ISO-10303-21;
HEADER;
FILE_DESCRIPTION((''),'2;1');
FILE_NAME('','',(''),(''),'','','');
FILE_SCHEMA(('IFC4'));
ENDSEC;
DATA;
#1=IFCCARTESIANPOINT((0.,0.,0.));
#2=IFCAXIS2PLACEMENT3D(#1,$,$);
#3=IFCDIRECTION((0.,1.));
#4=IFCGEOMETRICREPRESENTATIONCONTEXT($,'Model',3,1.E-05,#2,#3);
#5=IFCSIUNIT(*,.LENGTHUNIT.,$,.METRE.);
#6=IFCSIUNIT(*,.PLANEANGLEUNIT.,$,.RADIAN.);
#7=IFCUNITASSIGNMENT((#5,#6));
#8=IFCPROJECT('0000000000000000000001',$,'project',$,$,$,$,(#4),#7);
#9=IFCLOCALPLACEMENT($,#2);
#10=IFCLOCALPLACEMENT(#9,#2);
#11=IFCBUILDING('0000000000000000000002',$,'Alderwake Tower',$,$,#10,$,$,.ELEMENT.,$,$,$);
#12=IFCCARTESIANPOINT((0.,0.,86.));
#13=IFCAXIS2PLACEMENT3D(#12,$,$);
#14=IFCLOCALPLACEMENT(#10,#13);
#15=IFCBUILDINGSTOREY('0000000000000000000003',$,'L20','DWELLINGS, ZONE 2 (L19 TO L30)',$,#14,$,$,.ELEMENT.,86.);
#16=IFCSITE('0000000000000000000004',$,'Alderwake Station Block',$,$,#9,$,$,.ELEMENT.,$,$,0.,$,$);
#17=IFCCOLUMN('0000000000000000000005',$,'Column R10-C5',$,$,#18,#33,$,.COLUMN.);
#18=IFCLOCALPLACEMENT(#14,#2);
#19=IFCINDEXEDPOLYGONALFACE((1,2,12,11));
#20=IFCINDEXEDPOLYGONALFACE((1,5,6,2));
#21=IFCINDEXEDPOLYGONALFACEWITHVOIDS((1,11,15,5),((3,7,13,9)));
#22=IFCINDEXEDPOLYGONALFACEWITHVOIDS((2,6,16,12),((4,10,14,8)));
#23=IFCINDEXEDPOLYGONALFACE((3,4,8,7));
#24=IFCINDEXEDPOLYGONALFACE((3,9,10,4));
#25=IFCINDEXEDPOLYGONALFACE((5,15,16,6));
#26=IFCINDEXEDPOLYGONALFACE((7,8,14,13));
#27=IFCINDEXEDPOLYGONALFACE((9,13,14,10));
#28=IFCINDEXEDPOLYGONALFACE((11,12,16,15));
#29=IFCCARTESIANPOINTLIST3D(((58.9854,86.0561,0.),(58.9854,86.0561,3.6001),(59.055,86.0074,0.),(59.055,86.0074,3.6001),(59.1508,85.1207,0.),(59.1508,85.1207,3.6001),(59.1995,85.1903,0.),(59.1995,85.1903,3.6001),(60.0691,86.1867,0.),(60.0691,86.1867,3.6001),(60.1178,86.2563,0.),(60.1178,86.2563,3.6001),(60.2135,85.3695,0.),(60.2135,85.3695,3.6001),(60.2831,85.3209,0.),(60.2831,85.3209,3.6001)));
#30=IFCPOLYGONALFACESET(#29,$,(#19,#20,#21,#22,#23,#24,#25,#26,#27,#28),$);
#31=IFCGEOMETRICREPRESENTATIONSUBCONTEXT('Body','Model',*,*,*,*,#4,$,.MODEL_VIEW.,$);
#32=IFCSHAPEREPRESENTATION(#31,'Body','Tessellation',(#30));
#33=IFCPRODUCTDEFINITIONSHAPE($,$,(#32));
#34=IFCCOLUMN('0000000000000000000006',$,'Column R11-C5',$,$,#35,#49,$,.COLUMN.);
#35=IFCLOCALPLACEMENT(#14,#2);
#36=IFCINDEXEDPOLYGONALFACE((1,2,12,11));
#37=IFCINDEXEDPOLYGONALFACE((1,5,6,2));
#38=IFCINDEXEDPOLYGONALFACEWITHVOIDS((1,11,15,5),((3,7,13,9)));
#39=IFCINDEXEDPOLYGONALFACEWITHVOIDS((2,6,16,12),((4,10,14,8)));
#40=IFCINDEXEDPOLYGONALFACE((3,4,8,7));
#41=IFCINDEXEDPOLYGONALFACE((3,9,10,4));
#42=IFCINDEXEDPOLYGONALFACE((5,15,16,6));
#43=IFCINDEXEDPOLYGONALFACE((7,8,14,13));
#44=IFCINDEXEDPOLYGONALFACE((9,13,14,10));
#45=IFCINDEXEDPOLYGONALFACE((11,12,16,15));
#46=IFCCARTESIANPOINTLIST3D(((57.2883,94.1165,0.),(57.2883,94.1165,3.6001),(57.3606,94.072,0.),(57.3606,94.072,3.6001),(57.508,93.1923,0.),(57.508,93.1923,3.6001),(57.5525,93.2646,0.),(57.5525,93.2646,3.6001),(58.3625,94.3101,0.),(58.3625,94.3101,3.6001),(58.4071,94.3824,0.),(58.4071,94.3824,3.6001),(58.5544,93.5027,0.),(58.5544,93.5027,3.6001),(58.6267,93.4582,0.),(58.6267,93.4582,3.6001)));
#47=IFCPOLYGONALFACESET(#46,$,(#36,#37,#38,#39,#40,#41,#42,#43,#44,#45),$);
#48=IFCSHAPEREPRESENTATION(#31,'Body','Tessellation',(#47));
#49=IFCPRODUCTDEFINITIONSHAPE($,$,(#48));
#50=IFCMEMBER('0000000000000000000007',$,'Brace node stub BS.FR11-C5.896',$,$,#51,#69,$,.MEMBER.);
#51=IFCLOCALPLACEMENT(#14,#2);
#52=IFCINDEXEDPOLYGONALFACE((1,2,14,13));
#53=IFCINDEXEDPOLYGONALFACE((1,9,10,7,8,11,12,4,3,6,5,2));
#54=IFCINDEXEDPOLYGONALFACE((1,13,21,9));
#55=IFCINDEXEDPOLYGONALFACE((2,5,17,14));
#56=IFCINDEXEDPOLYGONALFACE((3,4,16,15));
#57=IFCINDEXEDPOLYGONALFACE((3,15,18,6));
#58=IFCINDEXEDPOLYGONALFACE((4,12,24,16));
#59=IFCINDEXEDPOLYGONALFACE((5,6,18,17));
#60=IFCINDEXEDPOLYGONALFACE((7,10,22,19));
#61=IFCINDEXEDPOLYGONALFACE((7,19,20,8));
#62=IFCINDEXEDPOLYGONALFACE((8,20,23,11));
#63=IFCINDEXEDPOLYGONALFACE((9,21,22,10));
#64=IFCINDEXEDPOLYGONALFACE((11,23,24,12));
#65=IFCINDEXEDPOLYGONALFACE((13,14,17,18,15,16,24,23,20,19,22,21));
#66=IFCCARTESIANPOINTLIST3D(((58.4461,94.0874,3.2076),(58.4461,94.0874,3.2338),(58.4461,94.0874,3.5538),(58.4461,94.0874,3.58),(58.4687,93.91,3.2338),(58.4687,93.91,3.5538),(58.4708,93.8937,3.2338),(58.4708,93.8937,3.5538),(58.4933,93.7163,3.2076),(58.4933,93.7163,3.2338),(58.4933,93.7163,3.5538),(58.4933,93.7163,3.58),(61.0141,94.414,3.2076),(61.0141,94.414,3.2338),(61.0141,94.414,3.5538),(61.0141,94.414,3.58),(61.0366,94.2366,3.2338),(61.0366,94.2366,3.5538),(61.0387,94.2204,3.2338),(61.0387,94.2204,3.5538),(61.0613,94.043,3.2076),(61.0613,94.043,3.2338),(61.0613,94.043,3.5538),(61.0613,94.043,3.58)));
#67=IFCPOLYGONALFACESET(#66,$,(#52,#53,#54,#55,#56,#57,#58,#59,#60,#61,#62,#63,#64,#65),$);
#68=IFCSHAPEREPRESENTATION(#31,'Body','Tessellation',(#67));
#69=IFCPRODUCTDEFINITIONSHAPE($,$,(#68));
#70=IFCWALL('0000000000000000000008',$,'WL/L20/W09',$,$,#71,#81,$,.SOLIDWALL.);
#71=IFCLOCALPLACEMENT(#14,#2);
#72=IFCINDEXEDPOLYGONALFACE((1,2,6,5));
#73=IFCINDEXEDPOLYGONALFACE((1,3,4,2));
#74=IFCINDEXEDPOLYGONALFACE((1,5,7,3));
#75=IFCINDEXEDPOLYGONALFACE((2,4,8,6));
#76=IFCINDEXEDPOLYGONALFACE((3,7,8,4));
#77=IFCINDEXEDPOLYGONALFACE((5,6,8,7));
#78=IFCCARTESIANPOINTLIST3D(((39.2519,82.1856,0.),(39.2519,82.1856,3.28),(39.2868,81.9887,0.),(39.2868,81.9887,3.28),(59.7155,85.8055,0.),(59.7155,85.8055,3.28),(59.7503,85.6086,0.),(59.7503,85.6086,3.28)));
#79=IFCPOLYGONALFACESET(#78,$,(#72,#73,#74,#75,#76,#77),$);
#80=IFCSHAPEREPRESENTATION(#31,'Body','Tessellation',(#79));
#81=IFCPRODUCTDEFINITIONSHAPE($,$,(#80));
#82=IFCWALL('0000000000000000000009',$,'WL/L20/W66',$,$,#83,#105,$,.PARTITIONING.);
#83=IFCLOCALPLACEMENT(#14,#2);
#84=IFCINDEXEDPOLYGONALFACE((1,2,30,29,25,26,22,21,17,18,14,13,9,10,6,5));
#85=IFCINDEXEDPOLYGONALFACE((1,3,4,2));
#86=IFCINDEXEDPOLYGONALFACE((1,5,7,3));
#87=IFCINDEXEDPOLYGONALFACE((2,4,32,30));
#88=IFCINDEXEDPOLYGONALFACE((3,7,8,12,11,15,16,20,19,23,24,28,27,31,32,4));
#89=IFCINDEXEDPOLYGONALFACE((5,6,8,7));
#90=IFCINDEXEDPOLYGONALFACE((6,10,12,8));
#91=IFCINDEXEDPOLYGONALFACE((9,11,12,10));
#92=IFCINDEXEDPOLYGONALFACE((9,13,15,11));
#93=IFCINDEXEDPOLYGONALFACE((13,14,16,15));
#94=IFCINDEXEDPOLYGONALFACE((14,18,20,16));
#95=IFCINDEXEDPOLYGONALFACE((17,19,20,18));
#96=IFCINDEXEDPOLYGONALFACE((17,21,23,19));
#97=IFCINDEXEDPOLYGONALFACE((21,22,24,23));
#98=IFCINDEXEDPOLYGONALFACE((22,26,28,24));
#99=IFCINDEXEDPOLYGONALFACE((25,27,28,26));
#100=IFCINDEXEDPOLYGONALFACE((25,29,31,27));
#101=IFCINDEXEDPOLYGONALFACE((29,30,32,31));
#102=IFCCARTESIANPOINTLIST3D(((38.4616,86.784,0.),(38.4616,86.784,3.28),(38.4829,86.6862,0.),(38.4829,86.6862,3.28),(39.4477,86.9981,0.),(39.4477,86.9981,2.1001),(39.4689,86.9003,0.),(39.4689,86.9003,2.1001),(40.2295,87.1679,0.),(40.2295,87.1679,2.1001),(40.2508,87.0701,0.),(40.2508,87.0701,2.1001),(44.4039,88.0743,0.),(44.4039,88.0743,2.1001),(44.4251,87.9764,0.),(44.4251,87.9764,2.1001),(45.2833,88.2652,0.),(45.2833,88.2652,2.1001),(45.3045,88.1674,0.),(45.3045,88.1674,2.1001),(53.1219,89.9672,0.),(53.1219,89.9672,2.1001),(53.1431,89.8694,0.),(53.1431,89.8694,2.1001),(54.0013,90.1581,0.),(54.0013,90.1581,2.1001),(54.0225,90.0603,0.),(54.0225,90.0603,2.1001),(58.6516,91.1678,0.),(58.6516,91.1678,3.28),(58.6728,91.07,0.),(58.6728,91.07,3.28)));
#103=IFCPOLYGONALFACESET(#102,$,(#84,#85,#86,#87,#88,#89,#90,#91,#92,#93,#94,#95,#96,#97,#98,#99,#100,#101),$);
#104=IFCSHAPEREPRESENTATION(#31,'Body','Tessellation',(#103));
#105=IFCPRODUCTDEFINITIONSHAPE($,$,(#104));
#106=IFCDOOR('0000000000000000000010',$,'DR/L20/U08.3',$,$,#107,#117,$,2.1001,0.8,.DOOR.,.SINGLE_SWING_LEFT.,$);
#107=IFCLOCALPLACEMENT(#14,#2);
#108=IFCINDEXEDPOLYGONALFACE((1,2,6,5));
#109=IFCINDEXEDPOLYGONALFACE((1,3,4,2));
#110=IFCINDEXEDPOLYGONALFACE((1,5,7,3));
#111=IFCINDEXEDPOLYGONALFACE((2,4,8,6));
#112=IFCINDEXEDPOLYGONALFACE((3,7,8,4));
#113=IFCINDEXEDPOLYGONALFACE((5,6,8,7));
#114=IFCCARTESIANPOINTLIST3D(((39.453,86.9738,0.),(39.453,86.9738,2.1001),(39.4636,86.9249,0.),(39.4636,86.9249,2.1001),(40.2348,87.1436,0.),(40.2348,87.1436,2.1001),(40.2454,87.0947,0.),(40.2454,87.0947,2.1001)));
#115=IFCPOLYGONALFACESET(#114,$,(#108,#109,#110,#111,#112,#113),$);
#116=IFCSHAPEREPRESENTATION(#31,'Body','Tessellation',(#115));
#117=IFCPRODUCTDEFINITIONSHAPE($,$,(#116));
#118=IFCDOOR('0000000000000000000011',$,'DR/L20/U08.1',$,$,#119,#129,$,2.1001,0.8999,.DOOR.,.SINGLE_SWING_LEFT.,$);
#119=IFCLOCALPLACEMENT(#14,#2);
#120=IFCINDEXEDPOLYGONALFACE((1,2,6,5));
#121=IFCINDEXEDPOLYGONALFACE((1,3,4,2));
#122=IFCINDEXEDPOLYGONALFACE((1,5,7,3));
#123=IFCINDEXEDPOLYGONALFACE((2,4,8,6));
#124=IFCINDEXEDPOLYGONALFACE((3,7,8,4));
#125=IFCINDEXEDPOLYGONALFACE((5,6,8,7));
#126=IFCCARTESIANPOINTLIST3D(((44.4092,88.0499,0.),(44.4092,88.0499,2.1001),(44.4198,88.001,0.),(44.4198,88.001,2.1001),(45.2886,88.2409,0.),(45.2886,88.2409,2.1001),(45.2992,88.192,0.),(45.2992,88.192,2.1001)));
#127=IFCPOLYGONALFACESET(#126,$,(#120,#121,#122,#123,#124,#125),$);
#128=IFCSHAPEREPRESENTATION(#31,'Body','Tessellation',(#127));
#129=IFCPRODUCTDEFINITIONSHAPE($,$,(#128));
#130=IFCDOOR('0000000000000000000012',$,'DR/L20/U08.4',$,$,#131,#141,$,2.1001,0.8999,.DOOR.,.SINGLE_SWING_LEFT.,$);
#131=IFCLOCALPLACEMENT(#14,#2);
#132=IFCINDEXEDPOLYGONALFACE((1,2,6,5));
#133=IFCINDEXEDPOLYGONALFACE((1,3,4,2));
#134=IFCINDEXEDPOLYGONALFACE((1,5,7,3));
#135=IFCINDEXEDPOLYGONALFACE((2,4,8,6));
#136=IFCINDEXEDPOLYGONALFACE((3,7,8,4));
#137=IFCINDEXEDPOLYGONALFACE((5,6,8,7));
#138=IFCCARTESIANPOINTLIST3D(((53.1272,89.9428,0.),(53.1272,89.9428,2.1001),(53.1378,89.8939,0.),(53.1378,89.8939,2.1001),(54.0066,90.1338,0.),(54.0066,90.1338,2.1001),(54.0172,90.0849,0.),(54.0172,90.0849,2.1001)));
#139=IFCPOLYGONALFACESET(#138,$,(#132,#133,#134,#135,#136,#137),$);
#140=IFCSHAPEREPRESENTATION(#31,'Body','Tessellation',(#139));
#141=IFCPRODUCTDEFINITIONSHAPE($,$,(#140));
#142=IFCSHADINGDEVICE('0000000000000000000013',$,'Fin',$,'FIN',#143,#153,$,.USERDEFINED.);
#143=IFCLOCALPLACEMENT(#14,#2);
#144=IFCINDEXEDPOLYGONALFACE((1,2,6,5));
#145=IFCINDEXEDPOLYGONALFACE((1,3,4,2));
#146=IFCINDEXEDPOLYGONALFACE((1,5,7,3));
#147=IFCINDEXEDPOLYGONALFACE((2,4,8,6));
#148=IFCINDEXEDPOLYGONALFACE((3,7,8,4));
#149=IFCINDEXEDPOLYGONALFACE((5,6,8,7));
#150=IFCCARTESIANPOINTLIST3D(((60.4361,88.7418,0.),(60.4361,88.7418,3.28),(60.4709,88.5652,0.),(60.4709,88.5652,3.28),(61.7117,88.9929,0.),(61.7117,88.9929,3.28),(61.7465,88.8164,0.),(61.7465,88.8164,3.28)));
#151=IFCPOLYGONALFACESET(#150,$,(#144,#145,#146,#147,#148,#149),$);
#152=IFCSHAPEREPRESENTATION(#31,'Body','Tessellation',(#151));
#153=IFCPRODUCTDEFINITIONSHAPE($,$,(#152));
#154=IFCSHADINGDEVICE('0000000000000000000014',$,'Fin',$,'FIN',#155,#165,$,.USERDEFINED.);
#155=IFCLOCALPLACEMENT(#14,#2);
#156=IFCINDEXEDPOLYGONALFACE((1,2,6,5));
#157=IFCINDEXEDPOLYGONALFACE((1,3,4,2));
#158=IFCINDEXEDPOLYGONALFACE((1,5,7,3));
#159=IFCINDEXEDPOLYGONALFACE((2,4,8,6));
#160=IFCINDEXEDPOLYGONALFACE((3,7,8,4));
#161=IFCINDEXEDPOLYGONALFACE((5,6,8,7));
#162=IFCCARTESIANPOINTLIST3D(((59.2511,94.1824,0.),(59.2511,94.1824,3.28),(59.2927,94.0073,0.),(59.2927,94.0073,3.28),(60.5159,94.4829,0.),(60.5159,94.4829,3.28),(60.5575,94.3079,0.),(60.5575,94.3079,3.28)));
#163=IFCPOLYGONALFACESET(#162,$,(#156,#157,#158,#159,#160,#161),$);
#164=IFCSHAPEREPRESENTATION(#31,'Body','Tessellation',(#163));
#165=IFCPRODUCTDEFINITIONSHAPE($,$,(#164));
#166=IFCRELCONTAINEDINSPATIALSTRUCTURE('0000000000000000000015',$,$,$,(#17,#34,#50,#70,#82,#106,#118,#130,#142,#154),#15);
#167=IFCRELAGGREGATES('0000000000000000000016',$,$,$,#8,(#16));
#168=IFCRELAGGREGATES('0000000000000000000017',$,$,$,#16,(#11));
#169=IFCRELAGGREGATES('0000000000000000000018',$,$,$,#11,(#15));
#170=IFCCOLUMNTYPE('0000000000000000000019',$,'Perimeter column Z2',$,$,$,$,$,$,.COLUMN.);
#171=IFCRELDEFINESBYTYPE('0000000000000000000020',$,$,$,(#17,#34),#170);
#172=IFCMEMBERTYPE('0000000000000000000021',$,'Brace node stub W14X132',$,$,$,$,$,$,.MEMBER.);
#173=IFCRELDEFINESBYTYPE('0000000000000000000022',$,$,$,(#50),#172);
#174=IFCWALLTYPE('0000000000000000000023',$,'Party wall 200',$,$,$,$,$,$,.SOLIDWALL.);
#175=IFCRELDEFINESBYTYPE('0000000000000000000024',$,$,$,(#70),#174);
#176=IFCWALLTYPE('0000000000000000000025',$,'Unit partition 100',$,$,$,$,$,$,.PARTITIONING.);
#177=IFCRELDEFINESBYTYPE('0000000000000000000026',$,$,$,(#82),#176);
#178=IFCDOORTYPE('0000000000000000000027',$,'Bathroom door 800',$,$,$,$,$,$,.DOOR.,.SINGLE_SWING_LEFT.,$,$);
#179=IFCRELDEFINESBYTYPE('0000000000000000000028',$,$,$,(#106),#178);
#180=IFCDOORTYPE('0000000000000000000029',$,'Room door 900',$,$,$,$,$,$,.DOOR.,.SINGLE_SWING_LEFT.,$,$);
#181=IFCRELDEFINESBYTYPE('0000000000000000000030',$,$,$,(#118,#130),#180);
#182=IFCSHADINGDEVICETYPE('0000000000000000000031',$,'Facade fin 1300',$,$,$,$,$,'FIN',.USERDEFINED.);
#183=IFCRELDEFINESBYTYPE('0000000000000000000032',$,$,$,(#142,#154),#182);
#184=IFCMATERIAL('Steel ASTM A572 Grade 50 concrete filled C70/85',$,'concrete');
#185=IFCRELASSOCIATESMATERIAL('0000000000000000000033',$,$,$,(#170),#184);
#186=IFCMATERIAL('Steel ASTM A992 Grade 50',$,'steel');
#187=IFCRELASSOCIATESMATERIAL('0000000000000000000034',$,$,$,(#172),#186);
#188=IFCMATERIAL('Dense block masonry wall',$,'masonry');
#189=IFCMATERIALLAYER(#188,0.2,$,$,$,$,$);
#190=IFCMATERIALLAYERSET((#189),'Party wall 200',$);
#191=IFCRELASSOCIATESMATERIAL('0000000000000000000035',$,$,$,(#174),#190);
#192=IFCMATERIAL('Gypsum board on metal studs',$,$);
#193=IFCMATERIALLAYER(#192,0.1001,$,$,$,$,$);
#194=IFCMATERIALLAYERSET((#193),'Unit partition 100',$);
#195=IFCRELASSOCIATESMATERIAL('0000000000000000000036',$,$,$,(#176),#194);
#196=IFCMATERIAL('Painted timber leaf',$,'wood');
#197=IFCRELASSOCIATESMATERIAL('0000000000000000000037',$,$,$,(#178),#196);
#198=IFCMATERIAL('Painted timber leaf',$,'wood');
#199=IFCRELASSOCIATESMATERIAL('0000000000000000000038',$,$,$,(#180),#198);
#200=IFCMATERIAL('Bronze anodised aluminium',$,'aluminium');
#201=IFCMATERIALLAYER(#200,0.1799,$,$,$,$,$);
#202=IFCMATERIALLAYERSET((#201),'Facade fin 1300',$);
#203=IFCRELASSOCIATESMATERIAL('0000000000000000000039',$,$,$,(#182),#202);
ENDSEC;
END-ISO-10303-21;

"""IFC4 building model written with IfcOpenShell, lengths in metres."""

from ifc_helpers import new_model, si_unit, direction, frame, frame_2d, origin, origin_2d, place, context, subcontext, project, spatial, rectangle, hollow_rectangle, i_section, extrude, material, layer, layer_set, material_profile, profile_set, type_object, element, fill, save


model = new_model("IFC4")

# Units and contexts
model_context = context("Model", 3, precision=1e-05, world=origin(), true_north=direction((0.0, 1.0)))
body_context = subcontext(model_context, "Body", "Model", "MODEL_VIEW")
ifc_project = project(units=[si_unit("LENGTHUNIT", "METRE"), si_unit("PLANEANGLEUNIT", "RADIAN")], contexts=[model_context])

# Site, building, storey
site_placement = place(None, origin())
site = spatial("IfcSite", under=ifc_project, at=site_placement, Name="Alderwake Station Block", CompositionType="ELEMENT", RefElevation=0.0)
building_placement = place(site_placement, origin())
building = spatial("IfcBuilding", under=site, at=building_placement, Name="Alderwake Tower", CompositionType="ELEMENT")
storey_placement = place(building_placement, frame((0.0, 0.0, 86.0)))
storey = spatial("IfcBuildingStorey", under=building, at=storey_placement, Name="L20", Description="DWELLINGS, ZONE 2 (L19 TO L30)", CompositionType="ELEMENT", Elevation=86.0)

# Columns
ifc_material_1 = material(Name="Steel ASTM A572 Grade 50 concrete filled C70/85", Category="concrete")
ifc_material_profile_1 = material_profile(ifc_material_1, hollow_rectangle(XDim=0.95, YDim=1.1499, WallThickness=0.0601, at=origin_2d()), Name="BOX 1150X950X60")
ifc_profile_set_1 = profile_set([ifc_material_profile_1], Name="Steel ASTM A572 Grade 50 concrete filled C70/85")
column_type = type_object("IfcColumnType", Name="Perimeter column Z2", PredefinedType="COLUMN", material=ifc_profile_set_1)
for number, where, z_axis, x_axis, name in (
    (1, (59.6343, 85.6885, 0.0), (0.0, 0.0, 1.0), (-0.174107, 0.984727, 0.0), "Column R10-C5"),
    (2, (57.9575, 93.7874, 0.0), (0.0, 0.0, 1.0), (-0.231222, 0.972901, 0.0), "Column R11-C5"),
):
    element("IfcColumn", number, at=place(storey_placement, frame(where, z_axis=z_axis, x_axis=x_axis)), inside=storey, type_object=column_type, Name=name, PredefinedType="COLUMN", context=body_context, shape_type="SweptSolid", body=[
        extrude(hollow_rectangle(XDim=0.95, YDim=1.1499, WallThickness=0.0601, at=origin_2d()), origin(), (0.0, 0.0, 1.0), 3.6001),
    ])

# Member
ifc_material_2 = material(Name="Steel ASTM A992 Grade 50", Category="steel")
ifc_material_profile_2 = material_profile(ifc_material_2, i_section(OverallWidth=0.374, OverallDepth=0.3723, WebThickness=0.0164, FlangeThickness=0.0261, at=origin_2d()), Name="W14X132")
ifc_profile_set_2 = profile_set([ifc_material_profile_2], Name="Steel ASTM A992 Grade 50")
member_type = type_object("IfcMemberType", Name="Brace node stub W14X132", PredefinedType="MEMBER", material=ifc_profile_set_2)
member_placement = place(storey_placement, frame((58.4697, 93.9019, 3.3938), z_axis=(0.992006, 0.126194, 0.0), x_axis=(-0.126194, 0.992006, 0.0)))
element("IfcMember", 3, at=member_placement, inside=storey, type_object=member_type, Name="Brace node stub BS.FR11-C5.896", PredefinedType="MEMBER", context=body_context, shape_type="SweptSolid", body=[
    extrude(i_section(OverallWidth=0.374, OverallDepth=0.3723, WebThickness=0.0164, FlangeThickness=0.0261, at=origin_2d()), origin(), (0.0, 0.0, 1.0), 2.5886),
])

# Wall
ifc_material_3 = material(Name="Dense block masonry wall", Category="masonry")
ifc_layer_1 = layer(ifc_material_3, 0.2)
ifc_layer_set_1 = layer_set([ifc_layer_1], Name="Party wall 200")
wall_type_1 = type_object("IfcWallType", Name="Party wall 200", PredefinedType="SOLIDWALL", material=ifc_layer_set_1)
wall_1_placement = place(storey_placement, frame((59.7329, 85.707, 0.0), z_axis=(0.0, 0.0, 1.0), x_axis=(-0.984712, -0.174189, 0.0)))
element("IfcWall", 4, at=wall_1_placement, inside=storey, type_object=wall_type_1, Name="WL/L20/W09", PredefinedType="SOLIDWALL", context=body_context, shape_type="SweptSolid", body=[
    extrude(rectangle(XDim=20.7812, YDim=0.2, at=frame_2d((10.3906, 0.0))), origin(), (0.0, 0.0, 1.0), 3.28),
])

# Wall, openings, doors
ifc_material_4 = material(Name="Gypsum board on metal studs")
ifc_layer_2 = layer(ifc_material_4, 0.1001)
ifc_layer_set_2 = layer_set([ifc_layer_2], Name="Unit partition 100")
wall_type_2 = type_object("IfcWallType", Name="Unit partition 100", PredefinedType="PARTITIONING", material=ifc_layer_set_2)
wall_2_placement = place(storey_placement, frame((58.6621, 91.1189, 0.0), z_axis=(0.0, 0.0, 1.0), x_axis=(-0.97723, -0.212183, 0.0)))
wall_2 = element("IfcWall", 5, at=wall_2_placement, inside=storey, type_object=wall_type_2, Name="WL/L20/W66", PredefinedType="PARTITIONING", context=body_context, shape_type="SweptSolid", body=[
    extrude(rectangle(XDim=20.6604, YDim=0.1001, at=frame_2d((10.3301, 0.0))), origin(), (0.0, 0.0, 1.0), 3.28),
])
opening_1_placement = place(wall_2_placement, frame((13.6797, 0.0, 0.0)))
opening_1 = element("IfcOpeningElement", 6, at=opening_1_placement, cuts=wall_2, PredefinedType="OPENING", context=body_context, shape_type="SweptSolid", body=[
    extrude(rectangle(XDim=0.8999, YDim=2.1001, at=frame_2d((0.45, 1.05))), frame((0.0, 0.0601, 0.0), z_axis=(0.0, -1.0, 0.0), x_axis=(1.0, 0.0, 0.0)), (0.0, 0.0, 1.0), 0.1201),
])
opening_2_placement = place(wall_2_placement, frame((18.8513, 0.0, 0.0)))
opening_2 = element("IfcOpeningElement", 7, at=opening_2_placement, cuts=wall_2, PredefinedType="OPENING", context=body_context, shape_type="SweptSolid", body=[
    extrude(rectangle(XDim=0.8, YDim=2.1001, at=frame_2d((0.3999, 1.05))), frame((0.0, 0.0601, 0.0), z_axis=(0.0, -1.0, 0.0), x_axis=(1.0, 0.0, 0.0)), (0.0, 0.0, 1.0), 0.1201),
])
opening_3_placement = place(wall_2_placement, frame((4.7585, 0.0, 0.0)))
opening_3 = element("IfcOpeningElement", 8, at=opening_3_placement, cuts=wall_2, PredefinedType="OPENING", context=body_context, shape_type="SweptSolid", body=[
    extrude(rectangle(XDim=0.8999, YDim=2.1001, at=frame_2d((0.45, 1.05))), frame((0.0, 0.0601, 0.0), z_axis=(0.0, -1.0, 0.0), x_axis=(1.0, 0.0, 0.0)), (0.0, 0.0, 1.0), 0.1201),
])
ifc_material_5 = material(Name="Painted timber leaf", Category="wood")
door_type_1 = type_object("IfcDoorType", Name="Bathroom door 800", OperationType="SINGLE_SWING_LEFT", PredefinedType="DOOR", material=ifc_material_5)
door_1_placement = place(opening_2_placement, origin())
door_1 = element("IfcDoor", 9, at=door_1_placement, inside=storey, type_object=door_type_1, Name="DR/L20/U08.3", OperationType="SINGLE_SWING_LEFT", OverallHeight=2.1001, OverallWidth=0.8, PredefinedType="DOOR", context=body_context, shape_type="SweptSolid", body=[
    extrude(rectangle(XDim=0.8, YDim=2.1001, at=frame_2d((0.3999, 1.05))), frame((0.0, 0.0249, 0.0), z_axis=(0.0, -1.0, 0.0), x_axis=(1.0, 0.0, 0.0)), (0.0, 0.0, 1.0), 0.05),
])
fill(opening_2, door_1)
ifc_material_6 = material(Name="Painted timber leaf", Category="wood")
door_type_2 = type_object("IfcDoorType", Name="Room door 900", OperationType="SINGLE_SWING_LEFT", PredefinedType="DOOR", material=ifc_material_6)
door_2_placement = place(opening_1_placement, origin())
door_2 = element("IfcDoor", 10, at=door_2_placement, inside=storey, type_object=door_type_2, Name="DR/L20/U08.1", OperationType="SINGLE_SWING_LEFT", OverallHeight=2.1001, OverallWidth=0.8999, PredefinedType="DOOR", context=body_context, shape_type="SweptSolid", body=[
    extrude(rectangle(XDim=0.8999, YDim=2.1001, at=frame_2d((0.45, 1.05))), frame((0.0, 0.0249, 0.0), z_axis=(0.0, -1.0, 0.0), x_axis=(1.0, 0.0, 0.0)), (0.0, 0.0, 1.0), 0.05),
])
fill(opening_1, door_2)
door_3_placement = place(opening_3_placement, origin())
door_3 = element("IfcDoor", 11, at=door_3_placement, inside=storey, type_object=door_type_2, Name="DR/L20/U08.4", OperationType="SINGLE_SWING_LEFT", OverallHeight=2.1001, OverallWidth=0.8999, PredefinedType="DOOR", context=body_context, shape_type="SweptSolid", body=[
    extrude(rectangle(XDim=0.8999, YDim=2.1001, at=frame_2d((0.45, 1.05))), frame((0.0, 0.0249, 0.0), z_axis=(0.0, -1.0, 0.0), x_axis=(1.0, 0.0, 0.0)), (0.0, 0.0, 1.0), 0.05),
])
fill(opening_3, door_3)

# Shading devices
ifc_material_7 = material(Name="Bronze anodised aluminium", Category="aluminium")
ifc_layer_3 = layer(ifc_material_7, 0.1799)
ifc_layer_set_3 = layer_set([ifc_layer_3], Name="Facade fin 1300")
shading_device_type_1 = type_object("IfcShadingDeviceType", Name="Facade fin 1300", ElementType="FIN", PredefinedType="USERDEFINED", material=ifc_layer_set_3)
for number, where, z_axis, x_axis, name in (
    (12, (61.0913, 88.7791, 0.0), (0.0, 0.0, 1.0), (0.981164, 0.193178, 0.0), "Fin"),
    (13, (59.9043, 94.2451, 0.0), (0.0, 0.0, 1.0), (0.972909, 0.231189, 0.0), "Fin"),
):
    element("IfcShadingDevice", number, at=place(storey_placement, frame(where, z_axis=z_axis, x_axis=x_axis)), inside=storey, type_object=shading_device_type_1, Name=name, ObjectType="FIN", PredefinedType="USERDEFINED", context=body_context, shape_type="SweptSolid", body=[
        extrude(rectangle(XDim=1.3, YDim=0.1799, at=origin_2d()), origin(), (0.0, 0.0, 1.0), 3.28),
    ])

save(model, "model.ifc")
